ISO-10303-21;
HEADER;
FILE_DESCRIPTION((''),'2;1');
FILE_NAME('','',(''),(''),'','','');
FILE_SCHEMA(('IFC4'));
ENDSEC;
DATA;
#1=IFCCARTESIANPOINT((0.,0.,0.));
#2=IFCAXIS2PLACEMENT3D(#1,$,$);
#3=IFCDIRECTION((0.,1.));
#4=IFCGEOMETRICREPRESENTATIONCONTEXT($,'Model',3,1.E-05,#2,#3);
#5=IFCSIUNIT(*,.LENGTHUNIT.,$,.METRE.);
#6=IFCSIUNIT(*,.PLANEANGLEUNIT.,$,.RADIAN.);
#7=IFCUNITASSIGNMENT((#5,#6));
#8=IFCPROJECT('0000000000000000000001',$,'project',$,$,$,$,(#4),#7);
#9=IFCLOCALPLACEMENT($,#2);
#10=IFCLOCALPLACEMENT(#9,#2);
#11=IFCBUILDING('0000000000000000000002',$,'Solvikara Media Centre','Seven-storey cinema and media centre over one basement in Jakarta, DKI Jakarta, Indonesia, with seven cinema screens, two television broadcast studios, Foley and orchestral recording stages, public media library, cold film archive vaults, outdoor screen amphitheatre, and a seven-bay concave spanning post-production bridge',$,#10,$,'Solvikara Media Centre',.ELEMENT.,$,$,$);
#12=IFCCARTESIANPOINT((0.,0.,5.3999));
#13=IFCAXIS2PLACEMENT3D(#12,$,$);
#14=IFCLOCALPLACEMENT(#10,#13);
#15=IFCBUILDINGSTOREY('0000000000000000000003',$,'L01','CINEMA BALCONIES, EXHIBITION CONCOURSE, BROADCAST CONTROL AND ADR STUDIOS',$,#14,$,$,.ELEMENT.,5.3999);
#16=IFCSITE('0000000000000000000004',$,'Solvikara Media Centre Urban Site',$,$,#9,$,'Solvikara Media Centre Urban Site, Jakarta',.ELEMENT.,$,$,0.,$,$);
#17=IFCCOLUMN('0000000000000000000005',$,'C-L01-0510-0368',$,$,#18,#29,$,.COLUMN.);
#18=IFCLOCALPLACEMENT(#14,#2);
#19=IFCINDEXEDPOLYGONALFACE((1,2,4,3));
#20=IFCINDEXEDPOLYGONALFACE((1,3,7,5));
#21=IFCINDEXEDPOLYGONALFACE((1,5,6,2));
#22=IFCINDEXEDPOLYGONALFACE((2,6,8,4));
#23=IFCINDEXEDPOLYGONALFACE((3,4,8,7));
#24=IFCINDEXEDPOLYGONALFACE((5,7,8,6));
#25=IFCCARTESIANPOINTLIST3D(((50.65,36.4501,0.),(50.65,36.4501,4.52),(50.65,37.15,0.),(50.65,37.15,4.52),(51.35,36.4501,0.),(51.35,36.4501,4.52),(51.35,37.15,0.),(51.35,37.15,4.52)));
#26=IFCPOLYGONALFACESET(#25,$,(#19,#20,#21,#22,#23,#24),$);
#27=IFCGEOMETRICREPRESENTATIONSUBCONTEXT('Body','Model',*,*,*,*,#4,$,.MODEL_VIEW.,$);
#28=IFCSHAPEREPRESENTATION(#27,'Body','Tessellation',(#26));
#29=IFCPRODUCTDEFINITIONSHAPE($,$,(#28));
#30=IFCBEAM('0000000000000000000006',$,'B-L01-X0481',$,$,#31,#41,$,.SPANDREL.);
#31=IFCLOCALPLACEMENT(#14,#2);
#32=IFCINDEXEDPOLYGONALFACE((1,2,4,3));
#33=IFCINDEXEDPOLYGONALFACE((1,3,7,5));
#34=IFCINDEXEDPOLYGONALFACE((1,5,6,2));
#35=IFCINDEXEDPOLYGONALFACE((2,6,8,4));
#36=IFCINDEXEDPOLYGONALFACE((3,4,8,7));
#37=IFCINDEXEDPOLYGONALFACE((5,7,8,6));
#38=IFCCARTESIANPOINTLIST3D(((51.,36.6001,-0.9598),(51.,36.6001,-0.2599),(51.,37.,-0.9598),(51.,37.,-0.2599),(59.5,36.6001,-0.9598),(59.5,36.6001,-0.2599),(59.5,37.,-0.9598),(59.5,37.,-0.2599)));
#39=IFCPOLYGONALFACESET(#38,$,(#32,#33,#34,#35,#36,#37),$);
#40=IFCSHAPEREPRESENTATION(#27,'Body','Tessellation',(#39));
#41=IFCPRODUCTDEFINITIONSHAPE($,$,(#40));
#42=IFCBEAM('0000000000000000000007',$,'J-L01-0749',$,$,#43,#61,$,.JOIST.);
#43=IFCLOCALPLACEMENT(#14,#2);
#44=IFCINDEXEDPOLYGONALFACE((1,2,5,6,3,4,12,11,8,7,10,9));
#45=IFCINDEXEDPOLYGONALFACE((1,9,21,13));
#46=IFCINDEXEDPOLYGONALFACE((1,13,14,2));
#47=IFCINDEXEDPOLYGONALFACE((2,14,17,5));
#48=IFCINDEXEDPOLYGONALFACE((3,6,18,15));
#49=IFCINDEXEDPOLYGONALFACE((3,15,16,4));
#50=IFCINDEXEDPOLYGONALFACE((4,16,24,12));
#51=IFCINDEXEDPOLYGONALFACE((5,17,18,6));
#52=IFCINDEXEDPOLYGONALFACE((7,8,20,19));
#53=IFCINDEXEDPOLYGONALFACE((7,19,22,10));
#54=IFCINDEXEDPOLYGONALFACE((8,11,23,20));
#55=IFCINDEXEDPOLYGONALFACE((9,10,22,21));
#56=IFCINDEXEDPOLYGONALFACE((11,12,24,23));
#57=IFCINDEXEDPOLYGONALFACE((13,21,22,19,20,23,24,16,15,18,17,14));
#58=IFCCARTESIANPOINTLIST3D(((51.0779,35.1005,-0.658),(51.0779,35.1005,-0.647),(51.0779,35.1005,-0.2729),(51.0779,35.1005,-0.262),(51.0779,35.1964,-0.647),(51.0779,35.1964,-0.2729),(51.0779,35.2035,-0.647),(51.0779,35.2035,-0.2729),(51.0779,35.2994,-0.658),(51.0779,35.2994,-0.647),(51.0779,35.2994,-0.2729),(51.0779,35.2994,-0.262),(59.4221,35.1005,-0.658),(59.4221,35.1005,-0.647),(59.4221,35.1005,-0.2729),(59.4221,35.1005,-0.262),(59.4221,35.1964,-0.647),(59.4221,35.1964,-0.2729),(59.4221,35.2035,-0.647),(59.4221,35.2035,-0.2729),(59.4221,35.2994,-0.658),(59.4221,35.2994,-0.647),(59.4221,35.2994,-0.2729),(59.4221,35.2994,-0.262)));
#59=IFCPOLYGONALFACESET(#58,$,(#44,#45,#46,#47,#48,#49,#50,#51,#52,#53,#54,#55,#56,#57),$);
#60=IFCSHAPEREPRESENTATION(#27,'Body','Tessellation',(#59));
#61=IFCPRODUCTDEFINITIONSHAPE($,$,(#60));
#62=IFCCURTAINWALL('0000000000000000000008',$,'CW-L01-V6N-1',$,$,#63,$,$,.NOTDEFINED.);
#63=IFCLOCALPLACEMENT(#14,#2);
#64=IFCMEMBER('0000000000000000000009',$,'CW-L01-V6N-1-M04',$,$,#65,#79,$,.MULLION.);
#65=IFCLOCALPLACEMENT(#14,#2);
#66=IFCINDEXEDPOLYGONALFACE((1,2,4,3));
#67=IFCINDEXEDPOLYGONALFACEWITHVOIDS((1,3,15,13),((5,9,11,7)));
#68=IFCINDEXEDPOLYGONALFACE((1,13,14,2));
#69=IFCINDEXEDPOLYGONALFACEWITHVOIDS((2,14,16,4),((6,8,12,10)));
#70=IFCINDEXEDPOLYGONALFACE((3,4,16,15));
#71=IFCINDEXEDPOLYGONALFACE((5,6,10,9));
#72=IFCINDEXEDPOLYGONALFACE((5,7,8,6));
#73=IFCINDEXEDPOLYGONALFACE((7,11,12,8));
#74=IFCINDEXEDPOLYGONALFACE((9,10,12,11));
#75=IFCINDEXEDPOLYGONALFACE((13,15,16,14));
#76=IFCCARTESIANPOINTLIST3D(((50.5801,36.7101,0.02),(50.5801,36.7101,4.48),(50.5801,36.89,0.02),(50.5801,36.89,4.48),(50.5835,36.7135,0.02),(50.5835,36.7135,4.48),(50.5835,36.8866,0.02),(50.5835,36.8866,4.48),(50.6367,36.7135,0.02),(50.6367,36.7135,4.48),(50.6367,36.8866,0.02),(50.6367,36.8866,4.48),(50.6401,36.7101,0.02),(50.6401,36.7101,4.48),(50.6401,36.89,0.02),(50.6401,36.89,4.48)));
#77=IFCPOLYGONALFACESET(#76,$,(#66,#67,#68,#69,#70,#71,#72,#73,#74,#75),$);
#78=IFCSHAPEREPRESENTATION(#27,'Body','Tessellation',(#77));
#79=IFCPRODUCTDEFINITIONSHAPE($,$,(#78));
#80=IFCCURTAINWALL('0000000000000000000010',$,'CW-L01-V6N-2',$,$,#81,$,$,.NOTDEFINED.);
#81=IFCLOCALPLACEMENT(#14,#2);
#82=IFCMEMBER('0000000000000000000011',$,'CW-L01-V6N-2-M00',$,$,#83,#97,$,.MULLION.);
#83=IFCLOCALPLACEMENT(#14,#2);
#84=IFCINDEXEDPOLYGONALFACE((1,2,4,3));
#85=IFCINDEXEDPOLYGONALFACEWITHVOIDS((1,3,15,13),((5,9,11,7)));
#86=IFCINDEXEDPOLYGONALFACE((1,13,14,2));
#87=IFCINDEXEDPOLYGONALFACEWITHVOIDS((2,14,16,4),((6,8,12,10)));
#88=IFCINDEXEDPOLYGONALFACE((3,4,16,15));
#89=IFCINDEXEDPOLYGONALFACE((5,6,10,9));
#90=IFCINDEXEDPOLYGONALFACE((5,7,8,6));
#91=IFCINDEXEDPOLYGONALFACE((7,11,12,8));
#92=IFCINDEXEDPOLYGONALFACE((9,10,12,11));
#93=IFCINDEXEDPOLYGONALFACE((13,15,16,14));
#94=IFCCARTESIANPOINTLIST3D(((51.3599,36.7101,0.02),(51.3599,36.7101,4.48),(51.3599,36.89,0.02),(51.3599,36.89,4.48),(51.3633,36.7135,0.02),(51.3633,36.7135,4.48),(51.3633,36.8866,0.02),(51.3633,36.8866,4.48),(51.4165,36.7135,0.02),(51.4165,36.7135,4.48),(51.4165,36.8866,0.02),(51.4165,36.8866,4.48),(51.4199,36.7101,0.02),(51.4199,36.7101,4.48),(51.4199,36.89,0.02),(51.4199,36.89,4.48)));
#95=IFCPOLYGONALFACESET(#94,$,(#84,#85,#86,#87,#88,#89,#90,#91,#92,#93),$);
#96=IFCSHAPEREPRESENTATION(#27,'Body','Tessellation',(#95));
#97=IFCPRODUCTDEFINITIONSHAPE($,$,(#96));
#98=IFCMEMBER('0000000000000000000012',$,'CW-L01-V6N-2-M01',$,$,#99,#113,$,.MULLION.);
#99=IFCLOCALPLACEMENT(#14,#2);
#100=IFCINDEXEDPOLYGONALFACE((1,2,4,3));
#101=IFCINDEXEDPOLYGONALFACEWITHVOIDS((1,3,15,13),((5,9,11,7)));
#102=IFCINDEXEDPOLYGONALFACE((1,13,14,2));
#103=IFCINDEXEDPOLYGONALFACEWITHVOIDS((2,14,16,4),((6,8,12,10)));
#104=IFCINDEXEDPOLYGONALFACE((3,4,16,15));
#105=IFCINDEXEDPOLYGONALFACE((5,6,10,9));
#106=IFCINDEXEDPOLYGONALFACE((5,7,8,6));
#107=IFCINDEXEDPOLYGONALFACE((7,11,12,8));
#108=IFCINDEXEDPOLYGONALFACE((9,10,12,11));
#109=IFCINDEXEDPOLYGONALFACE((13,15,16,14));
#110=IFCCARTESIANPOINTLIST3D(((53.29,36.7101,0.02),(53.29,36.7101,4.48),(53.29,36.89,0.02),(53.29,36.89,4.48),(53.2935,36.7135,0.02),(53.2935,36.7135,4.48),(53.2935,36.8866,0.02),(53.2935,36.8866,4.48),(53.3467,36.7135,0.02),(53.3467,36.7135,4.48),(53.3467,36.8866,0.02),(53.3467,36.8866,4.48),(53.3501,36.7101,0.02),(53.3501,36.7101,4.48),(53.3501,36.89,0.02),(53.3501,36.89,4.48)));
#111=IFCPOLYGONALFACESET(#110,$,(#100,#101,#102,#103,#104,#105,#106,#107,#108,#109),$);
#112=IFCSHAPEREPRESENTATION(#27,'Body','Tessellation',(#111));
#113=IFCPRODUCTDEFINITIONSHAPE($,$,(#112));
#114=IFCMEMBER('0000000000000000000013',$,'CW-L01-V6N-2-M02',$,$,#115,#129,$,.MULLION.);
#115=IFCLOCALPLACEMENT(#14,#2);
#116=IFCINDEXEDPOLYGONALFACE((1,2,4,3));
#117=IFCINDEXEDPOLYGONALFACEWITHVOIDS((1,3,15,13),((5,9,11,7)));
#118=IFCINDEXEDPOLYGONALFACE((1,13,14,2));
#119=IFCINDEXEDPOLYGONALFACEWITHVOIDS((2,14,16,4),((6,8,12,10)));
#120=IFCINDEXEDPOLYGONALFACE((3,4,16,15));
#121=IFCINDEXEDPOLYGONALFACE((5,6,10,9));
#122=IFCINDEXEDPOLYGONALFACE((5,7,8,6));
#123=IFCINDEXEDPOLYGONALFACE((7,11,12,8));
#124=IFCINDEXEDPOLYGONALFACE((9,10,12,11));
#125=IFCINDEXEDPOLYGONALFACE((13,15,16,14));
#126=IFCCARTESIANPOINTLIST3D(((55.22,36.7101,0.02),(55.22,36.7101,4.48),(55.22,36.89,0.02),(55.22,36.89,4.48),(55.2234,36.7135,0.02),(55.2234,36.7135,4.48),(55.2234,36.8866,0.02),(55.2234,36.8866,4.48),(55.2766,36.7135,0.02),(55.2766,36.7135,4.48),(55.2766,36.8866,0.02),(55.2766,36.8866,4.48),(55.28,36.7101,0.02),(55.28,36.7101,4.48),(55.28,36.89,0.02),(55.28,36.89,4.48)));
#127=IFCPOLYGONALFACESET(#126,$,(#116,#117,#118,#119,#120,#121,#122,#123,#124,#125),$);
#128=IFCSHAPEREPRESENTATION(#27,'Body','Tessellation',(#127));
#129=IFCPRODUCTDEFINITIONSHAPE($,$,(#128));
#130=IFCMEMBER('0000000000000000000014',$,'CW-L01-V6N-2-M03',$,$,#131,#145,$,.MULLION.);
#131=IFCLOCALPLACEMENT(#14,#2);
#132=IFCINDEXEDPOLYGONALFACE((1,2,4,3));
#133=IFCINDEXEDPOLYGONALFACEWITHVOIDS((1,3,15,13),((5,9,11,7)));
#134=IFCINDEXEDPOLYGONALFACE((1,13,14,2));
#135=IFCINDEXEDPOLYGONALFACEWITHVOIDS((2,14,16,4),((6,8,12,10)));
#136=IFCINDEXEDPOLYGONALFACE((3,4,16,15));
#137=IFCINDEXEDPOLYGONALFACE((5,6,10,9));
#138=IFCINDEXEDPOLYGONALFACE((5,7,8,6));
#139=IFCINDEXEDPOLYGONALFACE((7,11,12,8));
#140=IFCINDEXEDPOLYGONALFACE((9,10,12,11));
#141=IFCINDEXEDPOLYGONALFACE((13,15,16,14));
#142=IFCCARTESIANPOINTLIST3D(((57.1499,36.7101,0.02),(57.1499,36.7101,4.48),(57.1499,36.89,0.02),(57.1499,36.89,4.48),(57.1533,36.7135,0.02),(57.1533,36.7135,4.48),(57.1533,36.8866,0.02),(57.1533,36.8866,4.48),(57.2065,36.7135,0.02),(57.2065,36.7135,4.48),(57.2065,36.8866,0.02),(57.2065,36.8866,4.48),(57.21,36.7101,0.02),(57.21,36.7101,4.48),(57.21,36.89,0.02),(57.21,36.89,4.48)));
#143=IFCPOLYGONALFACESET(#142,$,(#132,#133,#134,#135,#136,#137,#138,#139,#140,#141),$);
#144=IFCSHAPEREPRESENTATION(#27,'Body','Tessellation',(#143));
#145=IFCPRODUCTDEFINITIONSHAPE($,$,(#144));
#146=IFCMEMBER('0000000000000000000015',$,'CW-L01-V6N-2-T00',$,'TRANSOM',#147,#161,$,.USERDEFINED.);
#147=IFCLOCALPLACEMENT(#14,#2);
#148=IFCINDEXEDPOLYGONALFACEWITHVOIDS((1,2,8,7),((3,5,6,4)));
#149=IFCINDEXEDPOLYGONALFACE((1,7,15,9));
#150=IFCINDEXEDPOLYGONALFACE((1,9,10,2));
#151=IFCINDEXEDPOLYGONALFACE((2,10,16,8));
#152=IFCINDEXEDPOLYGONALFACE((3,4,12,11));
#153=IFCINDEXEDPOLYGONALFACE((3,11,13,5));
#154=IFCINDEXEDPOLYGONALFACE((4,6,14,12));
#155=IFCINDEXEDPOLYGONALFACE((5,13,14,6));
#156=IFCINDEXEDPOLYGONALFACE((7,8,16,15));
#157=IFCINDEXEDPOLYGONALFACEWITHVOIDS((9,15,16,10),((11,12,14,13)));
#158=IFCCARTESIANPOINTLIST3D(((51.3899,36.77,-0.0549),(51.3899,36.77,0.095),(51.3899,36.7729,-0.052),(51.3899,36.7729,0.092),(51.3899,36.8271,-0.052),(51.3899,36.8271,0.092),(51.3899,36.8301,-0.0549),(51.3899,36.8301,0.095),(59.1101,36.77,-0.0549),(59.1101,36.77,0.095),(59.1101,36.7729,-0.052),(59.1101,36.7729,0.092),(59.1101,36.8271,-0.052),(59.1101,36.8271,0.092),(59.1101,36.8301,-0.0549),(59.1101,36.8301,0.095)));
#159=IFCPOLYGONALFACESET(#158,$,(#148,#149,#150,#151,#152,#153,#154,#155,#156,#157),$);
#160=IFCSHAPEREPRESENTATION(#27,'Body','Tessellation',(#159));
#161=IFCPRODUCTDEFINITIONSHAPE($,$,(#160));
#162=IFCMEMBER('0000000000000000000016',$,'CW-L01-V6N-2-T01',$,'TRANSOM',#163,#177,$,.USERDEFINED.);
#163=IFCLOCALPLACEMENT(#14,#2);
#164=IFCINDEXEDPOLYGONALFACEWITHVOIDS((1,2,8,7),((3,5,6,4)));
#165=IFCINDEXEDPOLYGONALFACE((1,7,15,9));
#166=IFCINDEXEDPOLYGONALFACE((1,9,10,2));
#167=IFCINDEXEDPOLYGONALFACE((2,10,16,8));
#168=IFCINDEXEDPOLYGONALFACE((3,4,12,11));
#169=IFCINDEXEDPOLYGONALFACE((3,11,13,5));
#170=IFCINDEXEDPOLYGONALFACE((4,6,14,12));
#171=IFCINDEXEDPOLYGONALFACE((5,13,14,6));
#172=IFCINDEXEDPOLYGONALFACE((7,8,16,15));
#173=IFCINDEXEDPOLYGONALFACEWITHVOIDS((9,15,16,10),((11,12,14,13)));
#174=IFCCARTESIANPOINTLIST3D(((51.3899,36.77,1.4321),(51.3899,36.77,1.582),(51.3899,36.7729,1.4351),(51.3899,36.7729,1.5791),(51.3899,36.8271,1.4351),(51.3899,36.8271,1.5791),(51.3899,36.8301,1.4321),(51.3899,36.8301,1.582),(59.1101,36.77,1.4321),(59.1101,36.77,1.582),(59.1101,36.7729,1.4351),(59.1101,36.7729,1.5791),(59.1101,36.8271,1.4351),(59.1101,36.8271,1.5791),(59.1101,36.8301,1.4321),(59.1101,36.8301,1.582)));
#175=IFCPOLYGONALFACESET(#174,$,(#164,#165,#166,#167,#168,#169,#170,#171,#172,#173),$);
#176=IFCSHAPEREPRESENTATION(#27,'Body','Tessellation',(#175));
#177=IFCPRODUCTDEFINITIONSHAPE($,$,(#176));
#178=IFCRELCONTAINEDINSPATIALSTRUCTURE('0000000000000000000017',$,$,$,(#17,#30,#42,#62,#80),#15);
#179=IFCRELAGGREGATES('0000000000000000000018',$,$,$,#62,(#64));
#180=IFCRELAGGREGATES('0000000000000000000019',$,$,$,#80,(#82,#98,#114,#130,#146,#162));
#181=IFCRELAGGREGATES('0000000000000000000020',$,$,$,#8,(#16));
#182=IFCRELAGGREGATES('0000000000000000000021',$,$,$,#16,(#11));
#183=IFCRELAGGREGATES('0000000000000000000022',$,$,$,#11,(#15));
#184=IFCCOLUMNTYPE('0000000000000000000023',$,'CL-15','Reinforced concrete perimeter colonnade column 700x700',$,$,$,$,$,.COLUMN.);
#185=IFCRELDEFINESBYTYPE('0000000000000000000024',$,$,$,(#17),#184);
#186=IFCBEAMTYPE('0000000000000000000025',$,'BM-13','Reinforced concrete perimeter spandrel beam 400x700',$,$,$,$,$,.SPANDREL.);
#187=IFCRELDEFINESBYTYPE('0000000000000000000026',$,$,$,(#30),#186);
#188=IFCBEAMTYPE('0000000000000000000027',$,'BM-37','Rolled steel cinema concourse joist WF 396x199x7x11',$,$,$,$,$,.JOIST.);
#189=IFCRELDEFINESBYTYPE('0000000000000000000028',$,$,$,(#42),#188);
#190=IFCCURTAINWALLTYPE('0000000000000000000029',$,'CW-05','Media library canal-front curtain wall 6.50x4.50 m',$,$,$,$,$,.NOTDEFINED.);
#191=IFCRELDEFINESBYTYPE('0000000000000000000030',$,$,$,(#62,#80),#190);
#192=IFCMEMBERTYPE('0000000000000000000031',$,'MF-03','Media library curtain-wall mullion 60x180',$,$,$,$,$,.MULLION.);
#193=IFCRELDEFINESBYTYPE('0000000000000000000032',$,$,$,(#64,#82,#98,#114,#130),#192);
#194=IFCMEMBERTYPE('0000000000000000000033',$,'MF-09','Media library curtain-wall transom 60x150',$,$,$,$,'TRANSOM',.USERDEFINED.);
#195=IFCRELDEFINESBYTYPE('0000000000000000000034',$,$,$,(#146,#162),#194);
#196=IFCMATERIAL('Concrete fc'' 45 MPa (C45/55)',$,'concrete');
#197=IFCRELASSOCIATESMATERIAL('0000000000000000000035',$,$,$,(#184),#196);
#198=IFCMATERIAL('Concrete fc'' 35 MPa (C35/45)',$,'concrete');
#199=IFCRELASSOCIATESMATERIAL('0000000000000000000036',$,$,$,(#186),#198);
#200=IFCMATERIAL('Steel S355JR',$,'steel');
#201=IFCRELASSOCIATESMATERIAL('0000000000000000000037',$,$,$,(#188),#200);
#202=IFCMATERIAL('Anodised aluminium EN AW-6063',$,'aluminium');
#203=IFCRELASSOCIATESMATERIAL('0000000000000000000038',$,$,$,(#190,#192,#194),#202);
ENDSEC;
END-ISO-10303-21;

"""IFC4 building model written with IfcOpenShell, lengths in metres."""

from ifc_helpers import new_model, si_unit, direction, frame, origin, origin_2d, place, context, subcontext, project, spatial, rectangle, hollow_rectangle, i_section, extrude, material, material_profile, profile_set, type_object, element, aggregate, save


model = new_model("IFC4")

# Units and contexts
model_context = context("Model", 3, precision=1e-05, world=origin(), true_north=direction((0.0, 1.0)))
body_context = subcontext(model_context, "Body", "Model", "MODEL_VIEW")
ifc_project = project(units=[si_unit("LENGTHUNIT", "METRE"), si_unit("PLANEANGLEUNIT", "RADIAN")], contexts=[model_context])

# Site, building, storey
site_placement = place(None, origin())
site = spatial("IfcSite", under=ifc_project, at=site_placement, Name="Solvikara Media Centre Urban Site", LongName="Solvikara Media Centre Urban Site, Jakarta", CompositionType="ELEMENT", RefElevation=0.0)
building_placement = place(site_placement, origin())
building = spatial("IfcBuilding", under=site, at=building_placement, Name="Solvikara Media Centre", Description="Seven-storey cinema and media centre over one basement in Jakarta, DKI Jakarta, Indonesia, with seven cinema screens, two television broadcast studios, Foley and orchestral recording stages, public media library, cold film archive vaults, outdoor screen amphitheatre, and a seven-bay concave spanning post-production bridge", LongName="Solvikara Media Centre", CompositionType="ELEMENT")
storey_placement = place(building_placement, frame((0.0, 0.0, 5.3999)))
storey = spatial("IfcBuildingStorey", under=building, at=storey_placement, Name="L01", Description="CINEMA BALCONIES, EXHIBITION CONCOURSE, BROADCAST CONTROL AND ADR STUDIOS", CompositionType="ELEMENT", Elevation=5.3999)

# Column
ifc_material_1 = material(Name="Concrete fc' 45 MPa (C45/55)", Category="concrete")
ifc_material_profile_1 = material_profile(ifc_material_1, rectangle(XDim=0.7, YDim=0.7, at=origin_2d()), Name="RC 700x700")
ifc_profile_set_1 = profile_set([ifc_material_profile_1], Name="Concrete fc' 45 MPa (C45/55)")
column_type = type_object("IfcColumnType", Name="CL-15", Description="Reinforced concrete perimeter colonnade column 700x700", PredefinedType="COLUMN", material=ifc_profile_set_1)
column_placement = place(storey_placement, frame((51.0, 36.8, 0.0), z_axis=(0.0, 0.0, 1.0), x_axis=(1.0, 0.0, 0.0)))
element("IfcColumn", 1, at=column_placement, inside=storey, type_object=column_type, Name="C-L01-0510-0368", PredefinedType="COLUMN", context=body_context, shape_type="SweptSolid", body=[
    extrude(rectangle(XDim=0.7, YDim=0.7, at=origin_2d()), origin(), (0.0, 0.0, 1.0), 4.52),
])

# Beams
ifc_material_2 = material(Name="Concrete fc' 35 MPa (C35/45)", Category="concrete")
ifc_material_profile_2 = material_profile(ifc_material_2, rectangle(XDim=0.3999, YDim=0.7, at=origin_2d()), Name="RC 400x700")
ifc_profile_set_2 = profile_set([ifc_material_profile_2], Name="Concrete fc' 35 MPa (C35/45)")
beam_type_1 = type_object("IfcBeamType", Name="BM-13", Description="Reinforced concrete perimeter spandrel beam 400x700", PredefinedType="SPANDREL", material=ifc_profile_set_2)
beam_1_placement = place(storey_placement, frame((51.0, 36.8, -0.6099), z_axis=(1.0, 0.0, 0.0), x_axis=(0.0, 1.0, 0.0)))
element("IfcBeam", 2, at=beam_1_placement, inside=storey, type_object=beam_type_1, Name="B-L01-X0481", PredefinedType="SPANDREL", context=body_context, shape_type="SweptSolid", body=[
    extrude(rectangle(XDim=0.3999, YDim=0.7, at=origin_2d()), origin(), (0.0, 0.0, 1.0), 8.5),
])
ifc_material_3 = material(Name="Steel S355JR", Category="steel")
ifc_material_profile_3 = material_profile(ifc_material_3, i_section(OverallWidth=0.199, OverallDepth=0.396, WebThickness=0.0071, FlangeThickness=0.011, at=origin_2d()), Name="WF 396x199x7x11")
ifc_profile_set_3 = profile_set([ifc_material_profile_3], Name="Steel S355JR")
beam_type_2 = type_object("IfcBeamType", Name="BM-37", Description="Rolled steel cinema concourse joist WF 396x199x7x11", PredefinedType="JOIST", material=ifc_profile_set_3)
beam_2_placement = place(storey_placement, frame((51.0779, 35.2, -0.46), z_axis=(1.0, 0.0, 0.0), x_axis=(0.0, 1.0, 0.0)))
element("IfcBeam", 3, at=beam_2_placement, inside=storey, type_object=beam_type_2, Name="J-L01-0749", PredefinedType="JOIST", context=body_context, shape_type="SweptSolid", body=[
    extrude(i_section(OverallWidth=0.199, OverallDepth=0.396, WebThickness=0.0071, FlangeThickness=0.011, at=origin_2d()), origin(), (0.0, 0.0, 1.0), 8.3442),
])

# Curtain wall, member
ifc_material_4 = material(Name="Anodised aluminium EN AW-6063", Category="aluminium")
curtain_wall_type = type_object("IfcCurtainWallType", Name="CW-05", Description="Media library canal-front curtain wall 6.50x4.50 m", PredefinedType="NOTDEFINED", material=ifc_material_4)
curtain_wall_1_placement = place(storey_placement, origin())
curtain_wall_1 = element("IfcCurtainWall", 4, at=curtain_wall_1_placement, inside=storey, type_object=curtain_wall_type, Name="CW-L01-V6N-1", PredefinedType="NOTDEFINED")
ifc_material_profile_4 = material_profile(ifc_material_4, hollow_rectangle(XDim=0.0601, YDim=0.1799, WallThickness=0.0034, at=origin_2d()), Name="ALU-M 60x180x3.5")
ifc_profile_set_4 = profile_set([ifc_material_profile_4], Name="Anodised aluminium EN AW-6063")
member_type_1 = type_object("IfcMemberType", Name="MF-03", Description="Media library curtain-wall mullion 60x180", PredefinedType="MULLION", material=ifc_profile_set_4)
member_1_placement = place(storey_placement, frame((50.6101, 36.8, 0.02), z_axis=(0.0, 0.0, 1.0), x_axis=(1.0, 0.0, 0.0)))
member_1 = element("IfcMember", 5, at=member_1_placement, type_object=member_type_1, Name="CW-L01-V6N-1-M04", PredefinedType="MULLION", context=body_context, shape_type="SweptSolid", body=[
    extrude(hollow_rectangle(XDim=0.0601, YDim=0.1799, WallThickness=0.0034, at=origin_2d()), origin(), (0.0, 0.0, 1.0), 4.46),
])

# Curtain wall, members
curtain_wall_2_placement = place(storey_placement, origin())
curtain_wall_2 = element("IfcCurtainWall", 6, at=curtain_wall_2_placement, inside=storey, type_object=curtain_wall_type, Name="CW-L01-V6N-2", PredefinedType="NOTDEFINED")
member_2_placement = place(storey_placement, frame((51.3899, 36.8, 0.02), z_axis=(0.0, 0.0, 1.0), x_axis=(1.0, 0.0, 0.0)))
member_2 = element("IfcMember", 7, at=member_2_placement, type_object=member_type_1, Name="CW-L01-V6N-2-M00", PredefinedType="MULLION", context=body_context, shape_type="SweptSolid", body=[
    extrude(hollow_rectangle(XDim=0.0601, YDim=0.1799, WallThickness=0.0034, at=origin_2d()), origin(), (0.0, 0.0, 1.0), 4.46),
])
member_3_placement = place(storey_placement, frame((53.3201, 36.8, 0.02), z_axis=(0.0, 0.0, 1.0), x_axis=(1.0, 0.0, 0.0)))
member_3 = element("IfcMember", 8, at=member_3_placement, type_object=member_type_1, Name="CW-L01-V6N-2-M01", PredefinedType="MULLION", context=body_context, shape_type="SweptSolid", body=[
    extrude(hollow_rectangle(XDim=0.0601, YDim=0.1799, WallThickness=0.0034, at=origin_2d()), origin(), (0.0, 0.0, 1.0), 4.46),
])
member_4_placement = place(storey_placement, frame((55.25, 36.8, 0.02), z_axis=(0.0, 0.0, 1.0), x_axis=(1.0, 0.0, 0.0)))
member_4 = element("IfcMember", 9, at=member_4_placement, type_object=member_type_1, Name="CW-L01-V6N-2-M02", PredefinedType="MULLION", context=body_context, shape_type="SweptSolid", body=[
    extrude(hollow_rectangle(XDim=0.0601, YDim=0.1799, WallThickness=0.0034, at=origin_2d()), origin(), (0.0, 0.0, 1.0), 4.46),
])
member_5_placement = place(storey_placement, frame((57.1799, 36.8, 0.02), z_axis=(0.0, 0.0, 1.0), x_axis=(1.0, 0.0, 0.0)))
member_5 = element("IfcMember", 10, at=member_5_placement, type_object=member_type_1, Name="CW-L01-V6N-2-M03", PredefinedType="MULLION", context=body_context, shape_type="SweptSolid", body=[
    extrude(hollow_rectangle(XDim=0.0601, YDim=0.1799, WallThickness=0.0034, at=origin_2d()), origin(), (0.0, 0.0, 1.0), 4.46),
])
ifc_material_profile_5 = material_profile(ifc_material_4, hollow_rectangle(XDim=0.0601, YDim=0.1499, WallThickness=0.0029, at=origin_2d()), Name="ALU-T 60x150x3")
ifc_profile_set_5 = profile_set([ifc_material_profile_5], Name="Anodised aluminium EN AW-6063")
member_type_2 = type_object("IfcMemberType", Name="MF-09", Description="Media library curtain-wall transom 60x150", ElementType="TRANSOM", PredefinedType="USERDEFINED", material=ifc_profile_set_5)
member_6_placement = place(storey_placement, frame((51.3899, 36.8, 0.02), z_axis=(1.0, 0.0, 0.0), x_axis=(0.0, 1.0, 0.0)))
member_6 = element("IfcMember", 11, at=member_6_placement, type_object=member_type_2, Name="CW-L01-V6N-2-T00", ObjectType="TRANSOM", PredefinedType="USERDEFINED", context=body_context, shape_type="SweptSolid", body=[
    extrude(hollow_rectangle(XDim=0.0601, YDim=0.1499, WallThickness=0.0029, at=origin_2d()), origin(), (0.0, 0.0, 1.0), 7.7202),
])
member_7_placement = place(storey_placement, frame((51.3899, 36.8, 1.5071), z_axis=(1.0, 0.0, 0.0), x_axis=(0.0, 1.0, 0.0)))
member_7 = element("IfcMember", 12, at=member_7_placement, type_object=member_type_2, Name="CW-L01-V6N-2-T01", ObjectType="TRANSOM", PredefinedType="USERDEFINED", context=body_context, shape_type="SweptSolid", body=[
    extrude(hollow_rectangle(XDim=0.0601, YDim=0.1499, WallThickness=0.0029, at=origin_2d()), origin(), (0.0, 0.0, 1.0), 7.7202),
])

aggregate(curtain_wall_1, [member_1])
aggregate(curtain_wall_2, [member_2, member_3, member_4, member_5, member_6, member_7])

save(model, "model.ifc")
